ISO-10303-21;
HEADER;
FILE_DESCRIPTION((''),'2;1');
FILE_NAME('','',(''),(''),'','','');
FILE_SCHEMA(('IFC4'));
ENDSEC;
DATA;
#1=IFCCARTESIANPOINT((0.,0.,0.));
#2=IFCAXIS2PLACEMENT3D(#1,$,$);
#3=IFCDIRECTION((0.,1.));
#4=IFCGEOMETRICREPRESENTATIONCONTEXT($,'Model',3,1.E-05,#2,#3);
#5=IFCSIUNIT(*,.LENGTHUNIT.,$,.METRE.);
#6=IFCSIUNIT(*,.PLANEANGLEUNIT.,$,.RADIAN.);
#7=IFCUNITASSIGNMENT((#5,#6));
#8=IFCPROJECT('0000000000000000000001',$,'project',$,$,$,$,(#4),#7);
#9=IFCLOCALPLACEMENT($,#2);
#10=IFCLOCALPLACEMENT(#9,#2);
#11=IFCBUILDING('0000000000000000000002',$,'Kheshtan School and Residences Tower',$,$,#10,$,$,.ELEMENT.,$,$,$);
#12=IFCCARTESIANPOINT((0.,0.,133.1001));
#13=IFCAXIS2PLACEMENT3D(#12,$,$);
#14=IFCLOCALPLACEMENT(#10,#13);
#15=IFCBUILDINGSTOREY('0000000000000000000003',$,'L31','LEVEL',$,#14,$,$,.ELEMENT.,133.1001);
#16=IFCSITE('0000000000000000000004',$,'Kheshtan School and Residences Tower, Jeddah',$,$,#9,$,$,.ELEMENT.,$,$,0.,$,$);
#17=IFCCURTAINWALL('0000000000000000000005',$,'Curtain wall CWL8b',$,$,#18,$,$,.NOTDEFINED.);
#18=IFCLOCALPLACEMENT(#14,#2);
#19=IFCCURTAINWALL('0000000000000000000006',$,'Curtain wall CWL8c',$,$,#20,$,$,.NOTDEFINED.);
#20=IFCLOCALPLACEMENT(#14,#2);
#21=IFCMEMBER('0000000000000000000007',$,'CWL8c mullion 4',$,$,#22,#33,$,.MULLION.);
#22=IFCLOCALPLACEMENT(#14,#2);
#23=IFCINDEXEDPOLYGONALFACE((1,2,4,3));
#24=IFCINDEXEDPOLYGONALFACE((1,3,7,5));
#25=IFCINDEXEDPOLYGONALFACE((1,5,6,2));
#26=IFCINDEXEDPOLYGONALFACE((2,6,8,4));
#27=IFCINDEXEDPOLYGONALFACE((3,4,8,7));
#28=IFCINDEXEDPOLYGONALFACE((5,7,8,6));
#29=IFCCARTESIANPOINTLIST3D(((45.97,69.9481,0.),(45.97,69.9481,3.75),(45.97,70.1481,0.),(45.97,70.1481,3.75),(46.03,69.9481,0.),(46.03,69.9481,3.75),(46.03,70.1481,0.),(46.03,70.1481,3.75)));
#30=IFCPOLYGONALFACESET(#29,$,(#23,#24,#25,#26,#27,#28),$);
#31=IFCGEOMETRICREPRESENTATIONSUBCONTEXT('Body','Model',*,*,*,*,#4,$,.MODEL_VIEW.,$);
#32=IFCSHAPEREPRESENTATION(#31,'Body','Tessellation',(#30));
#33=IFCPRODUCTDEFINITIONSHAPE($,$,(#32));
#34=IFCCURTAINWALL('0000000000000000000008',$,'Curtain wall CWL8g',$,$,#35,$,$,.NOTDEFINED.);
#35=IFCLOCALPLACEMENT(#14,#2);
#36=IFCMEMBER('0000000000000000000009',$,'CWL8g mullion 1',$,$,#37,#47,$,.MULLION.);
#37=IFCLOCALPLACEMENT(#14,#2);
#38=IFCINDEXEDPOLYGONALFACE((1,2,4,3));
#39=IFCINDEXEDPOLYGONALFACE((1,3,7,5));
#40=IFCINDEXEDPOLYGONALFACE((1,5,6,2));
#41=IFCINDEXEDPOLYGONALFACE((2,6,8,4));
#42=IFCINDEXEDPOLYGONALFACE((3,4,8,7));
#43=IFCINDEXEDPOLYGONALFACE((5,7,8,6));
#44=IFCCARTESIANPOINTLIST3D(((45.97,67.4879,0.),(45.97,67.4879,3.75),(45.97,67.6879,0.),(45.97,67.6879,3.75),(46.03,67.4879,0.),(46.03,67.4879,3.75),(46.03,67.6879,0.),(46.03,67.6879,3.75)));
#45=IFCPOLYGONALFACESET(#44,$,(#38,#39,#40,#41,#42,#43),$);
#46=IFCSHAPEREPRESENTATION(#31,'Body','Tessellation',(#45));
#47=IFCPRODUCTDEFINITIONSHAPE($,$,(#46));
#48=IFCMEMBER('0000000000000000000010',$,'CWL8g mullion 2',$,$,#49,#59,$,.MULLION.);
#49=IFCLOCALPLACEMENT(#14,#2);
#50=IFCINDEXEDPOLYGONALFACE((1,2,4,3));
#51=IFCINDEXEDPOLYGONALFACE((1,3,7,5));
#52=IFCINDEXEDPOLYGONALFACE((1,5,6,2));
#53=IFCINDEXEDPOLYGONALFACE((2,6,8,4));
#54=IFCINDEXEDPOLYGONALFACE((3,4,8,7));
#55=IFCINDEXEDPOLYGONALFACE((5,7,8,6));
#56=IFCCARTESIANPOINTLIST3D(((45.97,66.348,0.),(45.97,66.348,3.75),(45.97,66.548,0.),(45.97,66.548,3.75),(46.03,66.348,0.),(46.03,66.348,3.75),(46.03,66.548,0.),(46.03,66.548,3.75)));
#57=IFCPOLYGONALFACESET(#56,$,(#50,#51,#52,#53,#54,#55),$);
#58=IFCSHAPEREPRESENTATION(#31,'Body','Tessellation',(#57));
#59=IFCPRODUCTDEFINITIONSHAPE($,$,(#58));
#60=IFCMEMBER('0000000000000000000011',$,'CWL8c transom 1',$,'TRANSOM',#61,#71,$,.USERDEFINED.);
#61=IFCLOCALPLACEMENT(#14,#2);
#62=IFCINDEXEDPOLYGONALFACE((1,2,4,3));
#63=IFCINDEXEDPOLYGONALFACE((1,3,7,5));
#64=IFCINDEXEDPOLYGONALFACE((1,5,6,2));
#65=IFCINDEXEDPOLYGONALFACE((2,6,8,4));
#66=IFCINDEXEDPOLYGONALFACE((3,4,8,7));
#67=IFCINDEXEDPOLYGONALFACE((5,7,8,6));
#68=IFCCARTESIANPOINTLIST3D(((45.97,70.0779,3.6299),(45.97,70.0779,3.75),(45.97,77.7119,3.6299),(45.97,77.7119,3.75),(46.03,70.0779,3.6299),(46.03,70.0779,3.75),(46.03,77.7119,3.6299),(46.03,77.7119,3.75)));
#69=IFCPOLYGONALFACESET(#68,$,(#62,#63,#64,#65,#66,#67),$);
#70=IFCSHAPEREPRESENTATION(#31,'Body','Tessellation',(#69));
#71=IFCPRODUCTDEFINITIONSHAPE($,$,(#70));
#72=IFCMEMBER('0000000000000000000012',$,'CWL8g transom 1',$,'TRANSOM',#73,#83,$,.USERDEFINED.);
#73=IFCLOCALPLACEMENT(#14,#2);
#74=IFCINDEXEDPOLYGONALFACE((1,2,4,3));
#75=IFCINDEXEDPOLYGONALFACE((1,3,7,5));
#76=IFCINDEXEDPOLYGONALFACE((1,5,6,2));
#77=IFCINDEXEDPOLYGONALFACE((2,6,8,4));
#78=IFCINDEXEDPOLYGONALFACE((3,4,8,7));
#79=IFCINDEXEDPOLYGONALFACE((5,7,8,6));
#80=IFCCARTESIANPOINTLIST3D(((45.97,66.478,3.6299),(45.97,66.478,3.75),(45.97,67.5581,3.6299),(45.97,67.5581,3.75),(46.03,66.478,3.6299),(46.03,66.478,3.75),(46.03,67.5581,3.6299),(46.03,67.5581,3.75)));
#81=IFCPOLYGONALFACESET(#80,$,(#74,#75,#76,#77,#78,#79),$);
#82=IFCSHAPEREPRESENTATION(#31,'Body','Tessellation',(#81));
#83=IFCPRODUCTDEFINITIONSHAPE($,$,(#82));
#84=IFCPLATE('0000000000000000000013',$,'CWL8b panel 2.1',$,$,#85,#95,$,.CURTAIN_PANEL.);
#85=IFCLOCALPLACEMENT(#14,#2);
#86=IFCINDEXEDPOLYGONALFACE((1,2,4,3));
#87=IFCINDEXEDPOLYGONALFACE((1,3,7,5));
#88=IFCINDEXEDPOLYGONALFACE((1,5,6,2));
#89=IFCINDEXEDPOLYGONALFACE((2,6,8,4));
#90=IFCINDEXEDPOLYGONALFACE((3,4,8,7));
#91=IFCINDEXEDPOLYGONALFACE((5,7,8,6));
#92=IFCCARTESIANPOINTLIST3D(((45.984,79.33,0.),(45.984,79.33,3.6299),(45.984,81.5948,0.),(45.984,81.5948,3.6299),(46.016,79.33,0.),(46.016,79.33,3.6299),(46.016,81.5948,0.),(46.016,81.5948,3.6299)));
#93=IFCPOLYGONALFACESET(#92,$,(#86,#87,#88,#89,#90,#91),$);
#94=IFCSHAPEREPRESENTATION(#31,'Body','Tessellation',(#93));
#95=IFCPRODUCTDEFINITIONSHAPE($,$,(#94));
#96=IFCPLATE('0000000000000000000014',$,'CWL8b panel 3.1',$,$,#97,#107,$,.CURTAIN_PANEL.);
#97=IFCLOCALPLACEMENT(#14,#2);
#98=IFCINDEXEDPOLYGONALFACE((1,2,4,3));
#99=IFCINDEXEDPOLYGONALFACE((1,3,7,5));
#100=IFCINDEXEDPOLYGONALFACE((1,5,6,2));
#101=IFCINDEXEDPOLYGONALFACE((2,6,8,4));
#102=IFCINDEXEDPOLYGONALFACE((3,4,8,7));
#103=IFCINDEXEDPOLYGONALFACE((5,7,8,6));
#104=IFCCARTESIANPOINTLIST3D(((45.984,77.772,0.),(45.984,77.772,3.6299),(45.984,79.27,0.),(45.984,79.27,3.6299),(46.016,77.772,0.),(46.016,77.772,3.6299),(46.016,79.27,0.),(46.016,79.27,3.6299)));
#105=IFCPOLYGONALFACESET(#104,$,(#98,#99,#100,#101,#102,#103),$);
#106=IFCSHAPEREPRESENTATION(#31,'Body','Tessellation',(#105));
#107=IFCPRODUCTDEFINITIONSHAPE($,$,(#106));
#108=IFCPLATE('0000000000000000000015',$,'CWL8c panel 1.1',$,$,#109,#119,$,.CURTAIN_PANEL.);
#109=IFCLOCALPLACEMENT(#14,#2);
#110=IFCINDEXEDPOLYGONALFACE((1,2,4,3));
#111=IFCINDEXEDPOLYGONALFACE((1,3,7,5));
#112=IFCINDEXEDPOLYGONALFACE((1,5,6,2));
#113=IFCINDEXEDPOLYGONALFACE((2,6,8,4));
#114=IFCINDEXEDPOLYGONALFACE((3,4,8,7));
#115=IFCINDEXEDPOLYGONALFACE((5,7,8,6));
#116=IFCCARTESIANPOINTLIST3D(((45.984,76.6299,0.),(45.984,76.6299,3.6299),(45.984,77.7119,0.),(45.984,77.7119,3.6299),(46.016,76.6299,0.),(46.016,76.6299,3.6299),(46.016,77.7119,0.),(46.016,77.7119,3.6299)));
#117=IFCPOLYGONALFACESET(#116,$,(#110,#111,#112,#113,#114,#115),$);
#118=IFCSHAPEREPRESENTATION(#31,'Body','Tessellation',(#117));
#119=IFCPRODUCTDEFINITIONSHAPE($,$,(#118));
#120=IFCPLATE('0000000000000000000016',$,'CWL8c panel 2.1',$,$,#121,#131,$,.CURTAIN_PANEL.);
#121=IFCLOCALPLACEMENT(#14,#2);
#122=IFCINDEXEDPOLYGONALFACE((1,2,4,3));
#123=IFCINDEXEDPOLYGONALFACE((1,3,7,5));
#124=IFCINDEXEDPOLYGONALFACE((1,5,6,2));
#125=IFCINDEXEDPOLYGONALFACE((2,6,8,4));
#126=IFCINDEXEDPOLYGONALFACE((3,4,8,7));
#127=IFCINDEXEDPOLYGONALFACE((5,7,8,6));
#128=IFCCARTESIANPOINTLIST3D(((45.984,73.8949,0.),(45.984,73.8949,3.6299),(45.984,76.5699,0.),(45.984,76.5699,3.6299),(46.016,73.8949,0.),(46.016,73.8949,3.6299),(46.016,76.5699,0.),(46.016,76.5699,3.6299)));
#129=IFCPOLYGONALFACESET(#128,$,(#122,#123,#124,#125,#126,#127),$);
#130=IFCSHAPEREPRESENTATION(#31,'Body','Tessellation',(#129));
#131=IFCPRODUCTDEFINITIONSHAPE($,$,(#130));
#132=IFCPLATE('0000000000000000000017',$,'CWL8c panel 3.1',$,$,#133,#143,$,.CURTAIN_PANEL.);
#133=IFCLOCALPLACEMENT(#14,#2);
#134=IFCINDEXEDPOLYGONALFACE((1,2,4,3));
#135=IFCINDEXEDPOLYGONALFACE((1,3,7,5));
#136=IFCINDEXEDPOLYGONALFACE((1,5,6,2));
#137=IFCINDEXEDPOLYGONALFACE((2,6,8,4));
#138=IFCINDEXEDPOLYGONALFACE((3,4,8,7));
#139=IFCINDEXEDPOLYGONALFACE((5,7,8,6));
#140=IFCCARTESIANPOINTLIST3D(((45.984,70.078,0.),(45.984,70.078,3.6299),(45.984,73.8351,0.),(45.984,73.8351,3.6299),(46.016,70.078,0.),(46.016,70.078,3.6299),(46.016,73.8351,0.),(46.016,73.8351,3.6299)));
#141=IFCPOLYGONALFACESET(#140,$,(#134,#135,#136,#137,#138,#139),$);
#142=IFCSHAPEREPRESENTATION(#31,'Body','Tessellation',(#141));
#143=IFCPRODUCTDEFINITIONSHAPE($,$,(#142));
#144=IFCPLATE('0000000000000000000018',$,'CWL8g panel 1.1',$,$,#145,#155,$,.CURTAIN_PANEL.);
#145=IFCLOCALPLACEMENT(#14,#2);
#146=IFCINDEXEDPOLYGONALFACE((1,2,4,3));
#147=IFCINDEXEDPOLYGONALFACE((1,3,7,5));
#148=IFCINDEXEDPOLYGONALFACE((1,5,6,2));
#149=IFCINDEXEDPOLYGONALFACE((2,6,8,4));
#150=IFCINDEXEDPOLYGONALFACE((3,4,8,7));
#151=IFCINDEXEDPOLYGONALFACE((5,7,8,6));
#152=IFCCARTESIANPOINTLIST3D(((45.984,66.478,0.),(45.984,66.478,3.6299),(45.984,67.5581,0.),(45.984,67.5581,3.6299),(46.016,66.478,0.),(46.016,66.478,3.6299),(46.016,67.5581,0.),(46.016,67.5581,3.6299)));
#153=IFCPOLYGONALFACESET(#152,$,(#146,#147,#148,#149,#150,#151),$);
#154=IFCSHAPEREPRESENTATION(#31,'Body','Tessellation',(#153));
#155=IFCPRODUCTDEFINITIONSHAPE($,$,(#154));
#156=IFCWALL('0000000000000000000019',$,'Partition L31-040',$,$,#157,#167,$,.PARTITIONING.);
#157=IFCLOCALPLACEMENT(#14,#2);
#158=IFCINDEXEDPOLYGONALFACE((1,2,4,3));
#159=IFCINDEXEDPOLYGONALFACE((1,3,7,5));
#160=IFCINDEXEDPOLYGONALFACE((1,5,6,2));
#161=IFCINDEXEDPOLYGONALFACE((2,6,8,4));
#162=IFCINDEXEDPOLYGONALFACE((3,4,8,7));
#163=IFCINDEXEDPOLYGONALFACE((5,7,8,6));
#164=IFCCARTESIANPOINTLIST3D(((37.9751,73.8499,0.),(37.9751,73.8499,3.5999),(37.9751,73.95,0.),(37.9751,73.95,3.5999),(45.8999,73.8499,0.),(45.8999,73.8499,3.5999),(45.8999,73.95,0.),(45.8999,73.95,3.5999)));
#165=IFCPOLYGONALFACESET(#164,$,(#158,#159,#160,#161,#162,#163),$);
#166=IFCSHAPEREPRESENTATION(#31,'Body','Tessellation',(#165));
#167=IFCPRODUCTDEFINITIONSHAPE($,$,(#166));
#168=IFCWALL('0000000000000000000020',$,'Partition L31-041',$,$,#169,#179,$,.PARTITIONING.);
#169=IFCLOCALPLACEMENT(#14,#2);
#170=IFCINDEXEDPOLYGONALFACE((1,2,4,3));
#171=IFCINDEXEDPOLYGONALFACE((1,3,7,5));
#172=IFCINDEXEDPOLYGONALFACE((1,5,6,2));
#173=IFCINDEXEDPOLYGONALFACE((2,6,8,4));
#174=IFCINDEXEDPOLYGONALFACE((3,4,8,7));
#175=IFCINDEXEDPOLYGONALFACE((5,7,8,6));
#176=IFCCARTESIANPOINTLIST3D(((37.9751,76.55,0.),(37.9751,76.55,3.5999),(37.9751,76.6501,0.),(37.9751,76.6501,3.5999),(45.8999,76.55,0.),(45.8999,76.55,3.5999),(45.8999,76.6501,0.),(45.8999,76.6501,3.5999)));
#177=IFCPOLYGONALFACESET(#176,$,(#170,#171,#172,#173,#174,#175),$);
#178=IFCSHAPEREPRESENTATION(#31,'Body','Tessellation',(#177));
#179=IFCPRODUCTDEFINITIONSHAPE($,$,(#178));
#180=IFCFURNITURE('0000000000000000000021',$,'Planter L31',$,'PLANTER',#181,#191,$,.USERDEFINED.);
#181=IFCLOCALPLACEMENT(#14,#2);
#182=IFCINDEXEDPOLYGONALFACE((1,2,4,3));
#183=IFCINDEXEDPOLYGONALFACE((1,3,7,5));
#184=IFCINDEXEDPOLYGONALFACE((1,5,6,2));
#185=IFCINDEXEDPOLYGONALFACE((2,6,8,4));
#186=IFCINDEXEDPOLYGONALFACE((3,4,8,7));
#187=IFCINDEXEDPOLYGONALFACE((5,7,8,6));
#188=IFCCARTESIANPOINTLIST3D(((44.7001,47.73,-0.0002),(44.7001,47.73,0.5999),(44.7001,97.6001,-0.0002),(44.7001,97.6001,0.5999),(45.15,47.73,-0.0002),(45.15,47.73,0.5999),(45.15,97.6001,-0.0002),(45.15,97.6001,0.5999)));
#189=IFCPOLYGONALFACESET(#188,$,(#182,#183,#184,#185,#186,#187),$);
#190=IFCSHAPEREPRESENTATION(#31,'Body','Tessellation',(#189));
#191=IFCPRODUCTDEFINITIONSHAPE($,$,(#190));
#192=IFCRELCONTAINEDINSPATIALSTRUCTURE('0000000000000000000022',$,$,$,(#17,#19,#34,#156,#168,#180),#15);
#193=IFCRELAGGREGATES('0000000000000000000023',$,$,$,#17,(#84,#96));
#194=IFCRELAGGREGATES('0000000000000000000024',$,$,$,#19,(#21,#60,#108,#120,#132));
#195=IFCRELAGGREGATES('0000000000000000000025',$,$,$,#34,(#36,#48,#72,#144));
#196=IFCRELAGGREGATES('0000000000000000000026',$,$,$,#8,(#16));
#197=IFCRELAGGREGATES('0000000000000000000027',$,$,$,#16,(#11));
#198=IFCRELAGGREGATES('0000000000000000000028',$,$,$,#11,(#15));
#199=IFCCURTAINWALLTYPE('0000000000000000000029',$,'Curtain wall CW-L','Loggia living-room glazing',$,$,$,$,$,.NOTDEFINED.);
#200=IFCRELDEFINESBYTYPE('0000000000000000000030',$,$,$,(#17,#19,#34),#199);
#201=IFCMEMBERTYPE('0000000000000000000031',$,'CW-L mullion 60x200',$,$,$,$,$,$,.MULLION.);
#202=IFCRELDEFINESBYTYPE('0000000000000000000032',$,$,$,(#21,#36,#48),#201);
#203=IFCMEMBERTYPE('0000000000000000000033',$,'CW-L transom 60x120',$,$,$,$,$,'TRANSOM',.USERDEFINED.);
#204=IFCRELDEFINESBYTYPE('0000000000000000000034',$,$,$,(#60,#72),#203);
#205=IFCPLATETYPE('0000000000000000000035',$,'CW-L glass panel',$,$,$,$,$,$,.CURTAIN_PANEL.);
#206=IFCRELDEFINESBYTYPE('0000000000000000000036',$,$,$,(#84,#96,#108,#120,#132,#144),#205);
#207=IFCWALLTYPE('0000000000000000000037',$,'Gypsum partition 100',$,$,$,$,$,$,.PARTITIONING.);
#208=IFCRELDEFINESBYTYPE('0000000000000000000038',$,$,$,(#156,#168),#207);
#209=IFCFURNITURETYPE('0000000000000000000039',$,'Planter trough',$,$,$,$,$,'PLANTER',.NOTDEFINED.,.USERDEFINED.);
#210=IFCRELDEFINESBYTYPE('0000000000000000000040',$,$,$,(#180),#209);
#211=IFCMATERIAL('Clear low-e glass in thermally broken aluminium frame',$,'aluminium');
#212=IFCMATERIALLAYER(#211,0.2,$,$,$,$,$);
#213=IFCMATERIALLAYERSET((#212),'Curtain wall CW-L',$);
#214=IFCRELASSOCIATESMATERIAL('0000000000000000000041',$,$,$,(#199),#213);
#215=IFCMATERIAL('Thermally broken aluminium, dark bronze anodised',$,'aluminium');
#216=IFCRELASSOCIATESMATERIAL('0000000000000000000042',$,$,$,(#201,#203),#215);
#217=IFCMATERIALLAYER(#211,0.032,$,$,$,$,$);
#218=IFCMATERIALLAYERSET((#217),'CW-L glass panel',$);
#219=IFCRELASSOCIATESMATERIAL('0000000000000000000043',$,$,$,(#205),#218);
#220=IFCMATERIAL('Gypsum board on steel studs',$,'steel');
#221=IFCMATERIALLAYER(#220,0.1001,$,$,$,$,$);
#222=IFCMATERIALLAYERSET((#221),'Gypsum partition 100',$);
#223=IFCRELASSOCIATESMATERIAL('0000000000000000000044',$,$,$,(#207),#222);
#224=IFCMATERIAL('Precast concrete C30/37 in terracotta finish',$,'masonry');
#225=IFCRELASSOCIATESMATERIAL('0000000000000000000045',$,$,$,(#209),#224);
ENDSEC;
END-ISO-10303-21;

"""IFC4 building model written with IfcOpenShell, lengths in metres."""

from ifc_helpers import new_model, si_unit, direction, frame, frame_2d, origin, origin_2d, place, context, subcontext, project, spatial, rectangle, extrude, material, layer, layer_set, material_profile, profile_set, type_object, element, aggregate, save


model = new_model("IFC4")

# Units and contexts
model_context = context("Model", 3, precision=1e-05, world=origin(), true_north=direction((0.0, 1.0)))
body_context = subcontext(model_context, "Body", "Model", "MODEL_VIEW")
ifc_project = project(units=[si_unit("LENGTHUNIT", "METRE"), si_unit("PLANEANGLEUNIT", "RADIAN")], contexts=[model_context])

# Site, building, storey
site_placement = place(None, origin())
site = spatial("IfcSite", under=ifc_project, at=site_placement, Name="Kheshtan School and Residences Tower, Jeddah", CompositionType="ELEMENT", RefElevation=0.0)
building_placement = place(site_placement, origin())
building = spatial("IfcBuilding", under=site, at=building_placement, Name="Kheshtan School and Residences Tower", CompositionType="ELEMENT")
storey_placement = place(building_placement, frame((0.0, 0.0, 133.1001)))
storey = spatial("IfcBuildingStorey", under=building, at=storey_placement, Name="L31", Description="LEVEL", CompositionType="ELEMENT", Elevation=133.1001)

# Curtain walls, members
ifc_material_1 = material(Name="Clear low-e glass in thermally broken aluminium frame", Category="aluminium")
ifc_layer_1 = layer(ifc_material_1, 0.2)
ifc_layer_set_1 = layer_set([ifc_layer_1], Name="Curtain wall CW-L")
curtain_wall_type = type_object("IfcCurtainWallType", Name="Curtain wall CW-L", Description="Loggia living-room glazing", PredefinedType="NOTDEFINED", material=ifc_layer_set_1)
curtain_wall_1_placement = place(storey_placement, origin())
curtain_wall_1 = element("IfcCurtainWall", 1, at=curtain_wall_1_placement, inside=storey, type_object=curtain_wall_type, Name="Curtain wall CWL8b", PredefinedType="NOTDEFINED")
ifc_material_2 = material(Name="Thermally broken aluminium, dark bronze anodised", Category="aluminium")
ifc_material_profile_1 = material_profile(ifc_material_2, rectangle(XDim=0.0601, YDim=0.2, at=origin_2d()), Name="CW-L mullion 60x200")
ifc_profile_set_1 = profile_set([ifc_material_profile_1], Name="Thermally broken aluminium, dark bronze anodised")
member_type_1 = type_object("IfcMemberType", Name="CW-L mullion 60x200", PredefinedType="MULLION", material=ifc_profile_set_1)
curtain_wall_2_placement = place(storey_placement, origin())
curtain_wall_2 = element("IfcCurtainWall", 2, at=curtain_wall_2_placement, inside=storey, type_object=curtain_wall_type, Name="Curtain wall CWL8c", PredefinedType="NOTDEFINED")
member_1_placement = place(storey_placement, frame((46.0, 70.0481, 0.0), z_axis=(0.0, 0.0, 1.0), x_axis=(1.0, 0.0, 0.0)))
member_1 = element("IfcMember", 3, at=member_1_placement, type_object=member_type_1, Name="CWL8c mullion 4", PredefinedType="MULLION", context=body_context, shape_type="SweptSolid", body=[
    extrude(rectangle(XDim=0.0601, YDim=0.2, at=origin_2d()), origin(), (0.0, 0.0, 1.0), 3.75),
])
curtain_wall_3_placement = place(storey_placement, origin())
curtain_wall_3 = element("IfcCurtainWall", 4, at=curtain_wall_3_placement, inside=storey, type_object=curtain_wall_type, Name="Curtain wall CWL8g", PredefinedType="NOTDEFINED")
member_2_placement = place(storey_placement, frame((46.0, 67.5879, 0.0), z_axis=(0.0, 0.0, 1.0), x_axis=(1.0, 0.0, 0.0)))
member_2 = element("IfcMember", 5, at=member_2_placement, type_object=member_type_1, Name="CWL8g mullion 1", PredefinedType="MULLION", context=body_context, shape_type="SweptSolid", body=[
    extrude(rectangle(XDim=0.0601, YDim=0.2, at=origin_2d()), origin(), (0.0, 0.0, 1.0), 3.75),
])
member_3_placement = place(storey_placement, frame((46.0, 66.448, 0.0), z_axis=(0.0, 0.0, 1.0), x_axis=(1.0, 0.0, 0.0)))
member_3 = element("IfcMember", 6, at=member_3_placement, type_object=member_type_1, Name="CWL8g mullion 2", PredefinedType="MULLION", context=body_context, shape_type="SweptSolid", body=[
    extrude(rectangle(XDim=0.0601, YDim=0.2, at=origin_2d()), origin(), (0.0, 0.0, 1.0), 3.75),
])

# Members
ifc_material_profile_2 = material_profile(ifc_material_2, rectangle(XDim=0.0601, YDim=0.1201, at=origin_2d()), Name="CW-L transom 60x120")
ifc_profile_set_2 = profile_set([ifc_material_profile_2], Name="Thermally broken aluminium, dark bronze anodised")
member_type_2 = type_object("IfcMemberType", Name="CW-L transom 60x120", ElementType="TRANSOM", PredefinedType="USERDEFINED", material=ifc_profile_set_2)
member_4_placement = place(storey_placement, frame((46.0, 77.7119, 3.6899), z_axis=(0.0, -1.0, 0.0), x_axis=(1.0, 0.0, 0.0)))
member_4 = element("IfcMember", 7, at=member_4_placement, type_object=member_type_2, Name="CWL8c transom 1", ObjectType="TRANSOM", PredefinedType="USERDEFINED", context=body_context, shape_type="SweptSolid", body=[
    extrude(rectangle(XDim=0.0601, YDim=0.1201, at=origin_2d()), origin(), (0.0, 0.0, 1.0), 7.634),
])
member_5_placement = place(storey_placement, frame((46.0, 67.5581, 3.6899), z_axis=(0.0, -1.0, 0.0), x_axis=(1.0, 0.0, 0.0)))
member_5 = element("IfcMember", 8, at=member_5_placement, type_object=member_type_2, Name="CWL8g transom 1", ObjectType="TRANSOM", PredefinedType="USERDEFINED", context=body_context, shape_type="SweptSolid", body=[
    extrude(rectangle(XDim=0.0601, YDim=0.1201, at=origin_2d()), origin(), (0.0, 0.0, 1.0), 1.0801),
])

# Plates
ifc_layer_2 = layer(ifc_material_1, 0.032)
ifc_layer_set_2 = layer_set([ifc_layer_2], Name="CW-L glass panel")
plate_type = type_object("IfcPlateType", Name="CW-L glass panel", PredefinedType="CURTAIN_PANEL", material=ifc_layer_set_2)
plate_1_placement = place(storey_placement, frame((46.0, 80.4624, 0.0), z_axis=(0.0, 0.0, 1.0), x_axis=(0.0, -1.0, 0.0)))
plate_1 = element("IfcPlate", 9, at=plate_1_placement, type_object=plate_type, Name="CWL8b panel 2.1", PredefinedType="CURTAIN_PANEL", context=body_context, shape_type="SweptSolid", body=[
    extrude(rectangle(XDim=2.2649, YDim=0.032, at=origin_2d()), origin(), (0.0, 0.0, 1.0), 3.6299),
])
plate_2_placement = place(storey_placement, frame((46.0, 78.521, 0.0), z_axis=(0.0, 0.0, 1.0), x_axis=(0.0, -1.0, 0.0)))
plate_2 = element("IfcPlate", 10, at=plate_2_placement, type_object=plate_type, Name="CWL8b panel 3.1", PredefinedType="CURTAIN_PANEL", context=body_context, shape_type="SweptSolid", body=[
    extrude(rectangle(XDim=1.498, YDim=0.032, at=origin_2d()), origin(), (0.0, 0.0, 1.0), 3.6299),
])
aggregate(curtain_wall_1, [plate_1, plate_2])
plate_3_placement = place(storey_placement, frame((46.0, 77.1709, 0.0), z_axis=(0.0, 0.0, 1.0), x_axis=(0.0, -1.0, 0.0)))
plate_3 = element("IfcPlate", 11, at=plate_3_placement, type_object=plate_type, Name="CWL8c panel 1.1", PredefinedType="CURTAIN_PANEL", context=body_context, shape_type="SweptSolid", body=[
    extrude(rectangle(XDim=1.082, YDim=0.032, at=origin_2d()), origin(), (0.0, 0.0, 1.0), 3.6299),
])
plate_4_placement = place(storey_placement, frame((46.0, 75.2324, 0.0), z_axis=(0.0, 0.0, 1.0), x_axis=(0.0, -1.0, 0.0)))
plate_4 = element("IfcPlate", 12, at=plate_4_placement, type_object=plate_type, Name="CWL8c panel 2.1", PredefinedType="CURTAIN_PANEL", context=body_context, shape_type="SweptSolid", body=[
    extrude(rectangle(XDim=2.675, YDim=0.032, at=origin_2d()), origin(), (0.0, 0.0, 1.0), 3.6299),
])
plate_5_placement = place(storey_placement, frame((46.0, 71.9565, 0.0), z_axis=(0.0, 0.0, 1.0), x_axis=(0.0, -1.0, 0.0)))
plate_5 = element("IfcPlate", 13, at=plate_5_placement, type_object=plate_type, Name="CWL8c panel 3.1", PredefinedType="CURTAIN_PANEL", context=body_context, shape_type="SweptSolid", body=[
    extrude(rectangle(XDim=3.7571, YDim=0.032, at=origin_2d()), origin(), (0.0, 0.0, 1.0), 3.6299),
])
aggregate(curtain_wall_2, [member_1, member_4, plate_3, plate_4, plate_5])
plate_6_placement = place(storey_placement, frame((46.0, 67.0181, 0.0), z_axis=(0.0, 0.0, 1.0), x_axis=(0.0, -1.0, 0.0)))
plate_6 = element("IfcPlate", 14, at=plate_6_placement, type_object=plate_type, Name="CWL8g panel 1.1", PredefinedType="CURTAIN_PANEL", context=body_context, shape_type="SweptSolid", body=[
    extrude(rectangle(XDim=1.0801, YDim=0.032, at=origin_2d()), origin(), (0.0, 0.0, 1.0), 3.6299),
])
aggregate(curtain_wall_3, [member_2, member_3, member_5, plate_6])

# Walls
ifc_material_3 = material(Name="Gypsum board on steel studs", Category="steel")
ifc_layer_3 = layer(ifc_material_3, 0.1001)
ifc_layer_set_3 = layer_set([ifc_layer_3], Name="Gypsum partition 100")
wall_type_1 = type_object("IfcWallType", Name="Gypsum partition 100", PredefinedType="PARTITIONING", material=ifc_layer_set_3)
for number, where, z_axis, x_axis, name in (
    (15, (37.9751, 73.8999, 0.0), (0.0, 0.0, 1.0), (1.0, 0.0, 0.0), "Partition L31-040"),
    (16, (37.9751, 76.6001, 0.0), (0.0, 0.0, 1.0), (1.0, 0.0, 0.0), "Partition L31-041"),
):
    element("IfcWall", number, at=place(storey_placement, frame(where, z_axis=z_axis, x_axis=x_axis)), inside=storey, type_object=wall_type_1, Name=name, PredefinedType="PARTITIONING", context=body_context, shape_type="SweptSolid", body=[
        extrude(rectangle(XDim=7.9248, YDim=0.1001, at=frame_2d((3.9624, 0.0))), origin(), (0.0, 0.0, 1.0), 3.5999),
    ])

# Furniture
ifc_material_4 = material(Name="Precast concrete C30/37 in terracotta finish", Category="masonry")
furniture_type = type_object("IfcFurnitureType", Name="Planter trough", ElementType="PLANTER", AssemblyPlace="NOTDEFINED", PredefinedType="USERDEFINED", material=ifc_material_4)
furniture_placement = place(storey_placement, frame((44.925, 72.665, -0.0002), z_axis=(0.0, 0.0, 1.0), x_axis=(0.0, -1.0, 0.0)))
element("IfcFurniture", 17, at=furniture_placement, inside=storey, type_object=furniture_type, Name="Planter L31", ObjectType="PLANTER", PredefinedType="USERDEFINED", context=body_context, shape_type="SweptSolid", body=[
    extrude(rectangle(XDim=49.8701, YDim=0.45, at=origin_2d()), origin(), (0.0, 0.0, 1.0), 0.6001),
])

save(model, "model.ifc")
